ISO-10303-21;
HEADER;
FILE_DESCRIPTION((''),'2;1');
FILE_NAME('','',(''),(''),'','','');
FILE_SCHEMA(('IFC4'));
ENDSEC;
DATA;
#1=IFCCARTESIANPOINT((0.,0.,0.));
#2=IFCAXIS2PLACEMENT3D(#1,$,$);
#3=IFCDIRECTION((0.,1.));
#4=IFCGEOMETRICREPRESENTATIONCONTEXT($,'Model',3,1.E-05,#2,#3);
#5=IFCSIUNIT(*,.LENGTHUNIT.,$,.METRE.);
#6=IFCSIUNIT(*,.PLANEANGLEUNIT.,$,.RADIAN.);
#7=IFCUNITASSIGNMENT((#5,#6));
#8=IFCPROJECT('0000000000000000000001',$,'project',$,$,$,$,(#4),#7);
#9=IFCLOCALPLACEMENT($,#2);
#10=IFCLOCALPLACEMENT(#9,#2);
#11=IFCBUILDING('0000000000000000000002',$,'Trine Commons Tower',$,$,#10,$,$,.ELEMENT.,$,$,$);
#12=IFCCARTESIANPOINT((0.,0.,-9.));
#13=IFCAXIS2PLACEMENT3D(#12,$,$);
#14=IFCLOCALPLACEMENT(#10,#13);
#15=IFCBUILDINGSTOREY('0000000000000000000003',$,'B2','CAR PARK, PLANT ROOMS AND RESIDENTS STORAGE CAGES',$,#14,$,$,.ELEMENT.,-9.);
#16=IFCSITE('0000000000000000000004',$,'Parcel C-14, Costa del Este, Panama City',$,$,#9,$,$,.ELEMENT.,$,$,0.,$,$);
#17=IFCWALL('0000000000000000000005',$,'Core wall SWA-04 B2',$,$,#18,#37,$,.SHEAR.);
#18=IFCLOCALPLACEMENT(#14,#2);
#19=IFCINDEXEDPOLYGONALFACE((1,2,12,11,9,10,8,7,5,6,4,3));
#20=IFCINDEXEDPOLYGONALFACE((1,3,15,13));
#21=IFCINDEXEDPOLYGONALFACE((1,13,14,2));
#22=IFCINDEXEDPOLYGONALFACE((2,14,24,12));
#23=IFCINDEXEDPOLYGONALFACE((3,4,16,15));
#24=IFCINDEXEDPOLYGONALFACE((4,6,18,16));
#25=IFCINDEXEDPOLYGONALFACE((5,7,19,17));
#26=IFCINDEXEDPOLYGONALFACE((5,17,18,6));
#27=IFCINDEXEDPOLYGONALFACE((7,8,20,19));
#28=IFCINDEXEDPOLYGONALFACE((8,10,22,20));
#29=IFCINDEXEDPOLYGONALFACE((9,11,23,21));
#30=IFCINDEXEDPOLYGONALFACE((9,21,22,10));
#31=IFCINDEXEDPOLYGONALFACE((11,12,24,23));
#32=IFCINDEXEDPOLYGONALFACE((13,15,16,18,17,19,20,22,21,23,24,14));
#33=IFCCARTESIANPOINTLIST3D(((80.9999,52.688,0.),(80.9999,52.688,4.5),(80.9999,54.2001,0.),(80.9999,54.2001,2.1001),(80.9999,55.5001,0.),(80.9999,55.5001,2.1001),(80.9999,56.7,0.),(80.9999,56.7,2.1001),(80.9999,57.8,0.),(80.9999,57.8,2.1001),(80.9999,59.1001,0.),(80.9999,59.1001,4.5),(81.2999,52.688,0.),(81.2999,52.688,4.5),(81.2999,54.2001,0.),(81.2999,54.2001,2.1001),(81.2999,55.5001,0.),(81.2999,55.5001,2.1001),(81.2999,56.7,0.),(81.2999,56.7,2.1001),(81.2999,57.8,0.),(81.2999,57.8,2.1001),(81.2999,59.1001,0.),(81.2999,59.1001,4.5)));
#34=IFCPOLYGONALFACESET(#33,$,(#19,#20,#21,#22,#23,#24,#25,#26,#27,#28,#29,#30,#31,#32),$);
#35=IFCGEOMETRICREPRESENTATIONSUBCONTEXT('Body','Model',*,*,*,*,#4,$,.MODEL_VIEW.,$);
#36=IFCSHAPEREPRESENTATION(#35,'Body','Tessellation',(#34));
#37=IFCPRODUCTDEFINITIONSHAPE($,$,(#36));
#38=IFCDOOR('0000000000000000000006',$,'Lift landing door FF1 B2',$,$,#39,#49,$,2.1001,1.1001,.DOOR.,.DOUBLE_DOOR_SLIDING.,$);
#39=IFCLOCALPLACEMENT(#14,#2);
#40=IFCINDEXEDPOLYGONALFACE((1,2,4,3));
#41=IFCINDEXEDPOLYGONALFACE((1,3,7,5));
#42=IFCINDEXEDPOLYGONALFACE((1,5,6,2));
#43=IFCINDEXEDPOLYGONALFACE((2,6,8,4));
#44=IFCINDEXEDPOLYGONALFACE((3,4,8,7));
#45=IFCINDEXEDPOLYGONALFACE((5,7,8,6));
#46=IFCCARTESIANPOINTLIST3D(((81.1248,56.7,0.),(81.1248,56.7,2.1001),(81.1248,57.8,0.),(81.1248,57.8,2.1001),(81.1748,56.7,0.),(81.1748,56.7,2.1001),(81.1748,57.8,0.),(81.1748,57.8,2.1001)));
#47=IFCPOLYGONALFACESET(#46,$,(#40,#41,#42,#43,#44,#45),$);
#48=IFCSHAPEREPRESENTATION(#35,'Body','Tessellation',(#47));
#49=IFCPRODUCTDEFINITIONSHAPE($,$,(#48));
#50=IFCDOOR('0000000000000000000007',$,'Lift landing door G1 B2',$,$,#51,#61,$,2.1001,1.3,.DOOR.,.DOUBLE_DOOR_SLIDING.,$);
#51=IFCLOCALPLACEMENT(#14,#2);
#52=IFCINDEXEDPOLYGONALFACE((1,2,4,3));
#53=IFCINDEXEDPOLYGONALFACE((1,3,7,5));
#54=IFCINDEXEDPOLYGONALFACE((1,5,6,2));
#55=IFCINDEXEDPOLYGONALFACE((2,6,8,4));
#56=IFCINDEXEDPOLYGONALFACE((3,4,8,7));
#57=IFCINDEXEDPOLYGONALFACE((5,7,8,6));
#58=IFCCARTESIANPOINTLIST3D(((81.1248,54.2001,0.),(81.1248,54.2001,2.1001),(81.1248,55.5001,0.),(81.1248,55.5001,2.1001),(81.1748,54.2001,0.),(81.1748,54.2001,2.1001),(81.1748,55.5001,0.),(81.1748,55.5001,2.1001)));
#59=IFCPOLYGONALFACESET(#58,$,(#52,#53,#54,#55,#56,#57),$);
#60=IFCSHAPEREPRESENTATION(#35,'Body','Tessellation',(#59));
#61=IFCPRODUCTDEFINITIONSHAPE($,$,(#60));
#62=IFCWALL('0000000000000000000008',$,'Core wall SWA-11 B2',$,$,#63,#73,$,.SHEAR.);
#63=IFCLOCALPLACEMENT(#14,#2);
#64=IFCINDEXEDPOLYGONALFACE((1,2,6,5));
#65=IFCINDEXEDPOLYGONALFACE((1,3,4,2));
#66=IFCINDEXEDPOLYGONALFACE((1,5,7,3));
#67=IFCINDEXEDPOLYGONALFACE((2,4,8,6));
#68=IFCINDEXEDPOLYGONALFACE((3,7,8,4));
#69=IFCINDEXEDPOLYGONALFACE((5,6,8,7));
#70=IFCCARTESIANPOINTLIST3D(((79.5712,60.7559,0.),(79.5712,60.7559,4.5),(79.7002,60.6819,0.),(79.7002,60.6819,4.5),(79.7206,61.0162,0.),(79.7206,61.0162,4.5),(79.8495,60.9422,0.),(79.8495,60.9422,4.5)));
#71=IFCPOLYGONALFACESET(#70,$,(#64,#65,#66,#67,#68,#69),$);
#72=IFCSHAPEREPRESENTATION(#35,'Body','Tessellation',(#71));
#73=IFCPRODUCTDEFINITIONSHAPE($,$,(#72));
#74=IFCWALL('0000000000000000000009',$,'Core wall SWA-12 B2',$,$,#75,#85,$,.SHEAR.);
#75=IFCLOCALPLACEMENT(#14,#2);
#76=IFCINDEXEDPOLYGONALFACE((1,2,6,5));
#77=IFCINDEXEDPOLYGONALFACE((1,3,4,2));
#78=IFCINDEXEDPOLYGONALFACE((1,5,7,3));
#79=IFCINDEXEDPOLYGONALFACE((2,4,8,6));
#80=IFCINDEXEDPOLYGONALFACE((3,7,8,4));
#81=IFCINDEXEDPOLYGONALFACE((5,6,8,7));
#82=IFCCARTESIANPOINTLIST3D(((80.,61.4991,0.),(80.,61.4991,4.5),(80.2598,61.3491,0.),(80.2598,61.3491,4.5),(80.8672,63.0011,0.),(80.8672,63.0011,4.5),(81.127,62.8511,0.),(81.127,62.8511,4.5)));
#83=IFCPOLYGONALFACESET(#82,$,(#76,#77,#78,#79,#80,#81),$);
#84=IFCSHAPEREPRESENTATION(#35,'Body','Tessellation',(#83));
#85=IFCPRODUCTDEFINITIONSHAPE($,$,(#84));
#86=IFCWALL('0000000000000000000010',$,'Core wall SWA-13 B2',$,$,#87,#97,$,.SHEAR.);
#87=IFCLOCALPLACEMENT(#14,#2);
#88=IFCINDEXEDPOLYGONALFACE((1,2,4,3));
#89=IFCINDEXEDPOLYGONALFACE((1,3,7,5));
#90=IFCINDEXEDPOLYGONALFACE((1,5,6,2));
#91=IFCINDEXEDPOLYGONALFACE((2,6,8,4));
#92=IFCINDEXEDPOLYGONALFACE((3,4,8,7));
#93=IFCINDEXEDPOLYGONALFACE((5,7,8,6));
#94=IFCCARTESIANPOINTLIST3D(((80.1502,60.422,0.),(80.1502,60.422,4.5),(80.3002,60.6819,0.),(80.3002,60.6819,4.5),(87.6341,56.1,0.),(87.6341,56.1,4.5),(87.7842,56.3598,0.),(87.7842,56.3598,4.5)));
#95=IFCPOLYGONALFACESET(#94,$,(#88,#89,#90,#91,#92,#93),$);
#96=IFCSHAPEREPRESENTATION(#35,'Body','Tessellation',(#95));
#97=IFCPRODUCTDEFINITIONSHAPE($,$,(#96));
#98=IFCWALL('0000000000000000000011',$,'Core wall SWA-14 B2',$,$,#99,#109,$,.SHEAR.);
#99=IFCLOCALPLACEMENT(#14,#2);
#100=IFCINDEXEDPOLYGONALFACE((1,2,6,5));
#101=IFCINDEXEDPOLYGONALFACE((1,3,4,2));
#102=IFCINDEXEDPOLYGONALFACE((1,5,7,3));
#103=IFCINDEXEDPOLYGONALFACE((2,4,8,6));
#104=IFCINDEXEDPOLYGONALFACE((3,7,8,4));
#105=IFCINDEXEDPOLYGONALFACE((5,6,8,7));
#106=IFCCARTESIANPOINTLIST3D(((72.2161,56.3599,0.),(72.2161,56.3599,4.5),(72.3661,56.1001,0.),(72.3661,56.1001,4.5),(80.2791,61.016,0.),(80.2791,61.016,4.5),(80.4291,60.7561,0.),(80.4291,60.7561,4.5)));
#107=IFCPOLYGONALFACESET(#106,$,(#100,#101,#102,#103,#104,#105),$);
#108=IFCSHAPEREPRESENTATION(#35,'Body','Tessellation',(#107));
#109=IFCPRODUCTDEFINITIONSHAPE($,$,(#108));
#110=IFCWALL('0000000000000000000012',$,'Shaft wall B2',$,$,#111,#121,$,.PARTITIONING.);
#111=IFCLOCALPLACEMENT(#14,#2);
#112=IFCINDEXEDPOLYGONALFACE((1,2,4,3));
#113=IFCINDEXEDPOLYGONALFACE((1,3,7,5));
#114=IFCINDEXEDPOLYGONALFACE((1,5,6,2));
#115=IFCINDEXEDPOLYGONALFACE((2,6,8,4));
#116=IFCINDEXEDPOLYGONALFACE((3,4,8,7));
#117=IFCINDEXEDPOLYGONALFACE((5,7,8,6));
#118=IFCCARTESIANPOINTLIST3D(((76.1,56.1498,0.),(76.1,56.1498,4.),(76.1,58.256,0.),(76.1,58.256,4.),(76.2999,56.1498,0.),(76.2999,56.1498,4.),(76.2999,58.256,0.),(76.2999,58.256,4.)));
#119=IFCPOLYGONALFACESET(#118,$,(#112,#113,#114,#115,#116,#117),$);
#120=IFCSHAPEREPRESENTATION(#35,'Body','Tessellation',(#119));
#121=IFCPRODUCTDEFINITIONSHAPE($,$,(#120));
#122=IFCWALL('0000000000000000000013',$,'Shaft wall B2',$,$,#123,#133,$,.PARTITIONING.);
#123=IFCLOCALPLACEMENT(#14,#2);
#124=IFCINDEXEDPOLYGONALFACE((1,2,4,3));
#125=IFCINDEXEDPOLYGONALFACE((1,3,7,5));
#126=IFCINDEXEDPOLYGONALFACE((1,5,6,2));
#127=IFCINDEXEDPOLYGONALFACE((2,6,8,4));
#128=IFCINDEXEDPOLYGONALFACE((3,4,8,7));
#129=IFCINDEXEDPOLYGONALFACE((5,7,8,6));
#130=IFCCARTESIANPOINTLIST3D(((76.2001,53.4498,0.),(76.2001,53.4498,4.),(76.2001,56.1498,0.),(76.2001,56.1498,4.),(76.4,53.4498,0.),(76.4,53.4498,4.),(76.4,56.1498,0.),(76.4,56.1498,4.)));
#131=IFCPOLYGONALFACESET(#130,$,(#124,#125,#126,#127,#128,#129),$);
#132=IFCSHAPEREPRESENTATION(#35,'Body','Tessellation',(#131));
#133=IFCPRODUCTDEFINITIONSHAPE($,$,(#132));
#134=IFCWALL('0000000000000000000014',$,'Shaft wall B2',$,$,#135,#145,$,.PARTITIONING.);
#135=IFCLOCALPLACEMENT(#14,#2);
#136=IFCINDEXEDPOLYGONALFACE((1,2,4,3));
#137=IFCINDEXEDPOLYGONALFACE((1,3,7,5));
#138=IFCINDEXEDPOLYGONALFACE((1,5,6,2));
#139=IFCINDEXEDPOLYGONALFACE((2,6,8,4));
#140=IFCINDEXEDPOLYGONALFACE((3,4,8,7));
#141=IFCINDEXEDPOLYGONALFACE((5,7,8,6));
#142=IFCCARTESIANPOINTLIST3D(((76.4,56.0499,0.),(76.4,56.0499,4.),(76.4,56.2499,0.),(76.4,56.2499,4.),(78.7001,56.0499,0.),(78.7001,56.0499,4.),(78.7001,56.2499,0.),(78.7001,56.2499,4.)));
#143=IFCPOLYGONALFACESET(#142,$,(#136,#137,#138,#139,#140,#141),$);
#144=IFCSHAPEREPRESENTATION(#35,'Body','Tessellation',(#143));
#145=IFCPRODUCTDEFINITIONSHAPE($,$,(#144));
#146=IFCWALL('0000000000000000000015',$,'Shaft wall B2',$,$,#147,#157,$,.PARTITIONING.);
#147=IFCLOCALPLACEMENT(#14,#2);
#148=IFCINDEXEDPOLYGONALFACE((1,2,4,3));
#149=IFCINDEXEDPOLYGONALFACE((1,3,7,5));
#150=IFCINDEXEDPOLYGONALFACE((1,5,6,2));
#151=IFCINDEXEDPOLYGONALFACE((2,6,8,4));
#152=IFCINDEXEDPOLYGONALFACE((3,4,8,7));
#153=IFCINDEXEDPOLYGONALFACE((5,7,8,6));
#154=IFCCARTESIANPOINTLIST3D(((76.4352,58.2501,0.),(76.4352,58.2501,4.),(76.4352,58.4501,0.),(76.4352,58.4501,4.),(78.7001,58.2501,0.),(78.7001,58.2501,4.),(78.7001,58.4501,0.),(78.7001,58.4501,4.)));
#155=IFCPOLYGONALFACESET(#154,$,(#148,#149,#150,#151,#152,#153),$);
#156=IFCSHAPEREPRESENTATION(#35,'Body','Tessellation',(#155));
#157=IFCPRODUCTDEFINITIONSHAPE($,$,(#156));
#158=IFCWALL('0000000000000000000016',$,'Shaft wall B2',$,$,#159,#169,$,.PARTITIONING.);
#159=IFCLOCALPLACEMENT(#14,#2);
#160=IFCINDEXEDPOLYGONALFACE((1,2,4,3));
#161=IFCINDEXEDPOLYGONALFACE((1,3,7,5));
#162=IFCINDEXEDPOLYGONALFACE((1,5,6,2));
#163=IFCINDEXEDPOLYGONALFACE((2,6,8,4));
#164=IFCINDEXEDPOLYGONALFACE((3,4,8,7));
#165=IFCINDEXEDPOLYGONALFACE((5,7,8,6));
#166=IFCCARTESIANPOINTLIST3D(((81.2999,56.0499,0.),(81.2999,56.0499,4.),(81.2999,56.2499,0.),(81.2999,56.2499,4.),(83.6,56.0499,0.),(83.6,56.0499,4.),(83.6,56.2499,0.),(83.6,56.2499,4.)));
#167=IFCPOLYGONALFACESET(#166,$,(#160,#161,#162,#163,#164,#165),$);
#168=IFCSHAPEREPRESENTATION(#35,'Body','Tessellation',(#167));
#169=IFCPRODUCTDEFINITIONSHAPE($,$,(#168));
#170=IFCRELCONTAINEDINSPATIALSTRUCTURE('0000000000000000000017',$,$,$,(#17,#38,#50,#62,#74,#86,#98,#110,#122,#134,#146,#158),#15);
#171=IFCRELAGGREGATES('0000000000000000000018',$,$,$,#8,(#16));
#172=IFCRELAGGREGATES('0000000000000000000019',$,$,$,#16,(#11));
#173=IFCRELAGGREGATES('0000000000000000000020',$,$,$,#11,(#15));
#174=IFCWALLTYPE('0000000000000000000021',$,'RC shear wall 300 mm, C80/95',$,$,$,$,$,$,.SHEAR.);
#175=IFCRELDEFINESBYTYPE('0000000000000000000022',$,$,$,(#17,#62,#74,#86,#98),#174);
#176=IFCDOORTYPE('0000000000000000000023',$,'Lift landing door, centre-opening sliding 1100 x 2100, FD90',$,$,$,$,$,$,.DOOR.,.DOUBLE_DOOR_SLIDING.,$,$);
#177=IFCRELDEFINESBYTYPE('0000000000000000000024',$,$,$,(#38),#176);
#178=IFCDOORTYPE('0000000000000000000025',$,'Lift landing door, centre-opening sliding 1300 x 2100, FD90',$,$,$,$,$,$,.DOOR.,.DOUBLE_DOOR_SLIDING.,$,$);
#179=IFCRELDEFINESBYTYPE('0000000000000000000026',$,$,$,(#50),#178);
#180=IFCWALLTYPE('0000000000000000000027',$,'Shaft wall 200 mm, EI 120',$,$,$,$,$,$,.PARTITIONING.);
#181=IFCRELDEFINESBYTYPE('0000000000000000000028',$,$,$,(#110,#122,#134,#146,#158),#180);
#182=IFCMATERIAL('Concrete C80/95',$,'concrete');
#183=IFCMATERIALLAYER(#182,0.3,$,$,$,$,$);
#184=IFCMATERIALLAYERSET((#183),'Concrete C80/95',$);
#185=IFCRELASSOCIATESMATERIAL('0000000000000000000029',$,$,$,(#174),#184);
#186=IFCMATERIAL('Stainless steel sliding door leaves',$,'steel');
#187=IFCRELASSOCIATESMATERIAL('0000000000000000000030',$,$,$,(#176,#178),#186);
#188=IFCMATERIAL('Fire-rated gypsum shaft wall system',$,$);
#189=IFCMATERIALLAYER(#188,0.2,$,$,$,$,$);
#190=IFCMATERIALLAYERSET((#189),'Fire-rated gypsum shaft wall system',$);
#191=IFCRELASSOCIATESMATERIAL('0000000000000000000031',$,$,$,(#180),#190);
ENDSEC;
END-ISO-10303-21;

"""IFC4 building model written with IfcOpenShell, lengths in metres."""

from ifc_helpers import new_model, si_unit, direction, frame, frame_2d, origin, place, context, subcontext, project, spatial, rectangle, extrude, material, layer, layer_set, type_object, element, fill, save


model = new_model("IFC4")

# Units and contexts
model_context = context("Model", 3, precision=1e-05, world=origin(), true_north=direction((0.0, 1.0)))
body_context = subcontext(model_context, "Body", "Model", "MODEL_VIEW")
ifc_project = project(units=[si_unit("LENGTHUNIT", "METRE"), si_unit("PLANEANGLEUNIT", "RADIAN")], contexts=[model_context])

# Site, building, storey
site_placement = place(None, origin())
site = spatial("IfcSite", under=ifc_project, at=site_placement, Name="Parcel C-14, Costa del Este, Panama City", CompositionType="ELEMENT", RefElevation=0.0)
building_placement = place(site_placement, origin())
building = spatial("IfcBuilding", under=site, at=building_placement, Name="Trine Commons Tower", CompositionType="ELEMENT")
storey_placement = place(building_placement, frame((0.0, 0.0, -9.0)))
storey = spatial("IfcBuildingStorey", under=building, at=storey_placement, Name="B2", Description="CAR PARK, PLANT ROOMS AND RESIDENTS STORAGE CAGES", CompositionType="ELEMENT", Elevation=-9.0)

# Shared definitions
ifc_material_1 = material(Name="Fire-rated gypsum shaft wall system")

# Wall, openings, doors
ifc_material_2 = material(Name="Concrete C80/95", Category="concrete")
ifc_layer_1 = layer(ifc_material_2, 0.3)
ifc_layer_set_1 = layer_set([ifc_layer_1], Name="Concrete C80/95")
wall_type_1 = type_object("IfcWallType", Name="RC shear wall 300 mm, C80/95", PredefinedType="SHEAR", material=ifc_layer_set_1)
ifc_material_3 = material(Name="Stainless steel sliding door leaves", Category="steel")
door_type_1 = type_object("IfcDoorType", Name="Lift landing door, centre-opening sliding 1100 x 2100, FD90", OperationType="DOUBLE_DOOR_SLIDING", PredefinedType="DOOR", material=ifc_material_3)
wall_1_placement = place(storey_placement, frame((81.1499, 59.1001, 0.0), z_axis=(0.0, 0.0, 1.0), x_axis=(0.0, -1.0, 0.0)))
wall_1 = element("IfcWall", 1, at=wall_1_placement, inside=storey, type_object=wall_type_1, Name="Core wall SWA-04 B2", PredefinedType="SHEAR", context=body_context, shape_type="SweptSolid", body=[
    extrude(rectangle(XDim=6.4121, YDim=0.3, at=frame_2d((3.2061, 0.0))), origin(), (0.0, 0.0, 1.0), 4.5),
])
opening_1_placement = place(wall_1_placement, frame((3.6001, 0.0, 0.0)))
opening_1 = element("IfcOpeningElement", 2, at=opening_1_placement, cuts=wall_1, PredefinedType="OPENING", context=body_context, shape_type="SweptSolid", body=[
    extrude(rectangle(XDim=1.3, YDim=2.1001, at=frame_2d((0.6499, 1.05))), frame((0.0, 0.1599, 0.0), z_axis=(0.0, -1.0, 0.0), x_axis=(1.0, 0.0, 0.0)), (0.0, 0.0, 1.0), 0.3201),
])
opening_2_placement = place(wall_1_placement, frame((1.3, 0.0, 0.0)))
opening_2 = element("IfcOpeningElement", 3, at=opening_2_placement, cuts=wall_1, PredefinedType="OPENING", context=body_context, shape_type="SweptSolid", body=[
    extrude(rectangle(XDim=1.1001, YDim=2.1001, at=frame_2d((0.55, 1.05))), frame((0.0, 0.1599, 0.0), z_axis=(0.0, -1.0, 0.0), x_axis=(1.0, 0.0, 0.0)), (0.0, 0.0, 1.0), 0.3201),
])
door_1_placement = place(opening_2_placement, origin())
door_1 = element("IfcDoor", 4, at=door_1_placement, inside=storey, type_object=door_type_1, Name="Lift landing door FF1 B2", OperationType="DOUBLE_DOOR_SLIDING", OverallHeight=2.1001, OverallWidth=1.1001, PredefinedType="DOOR", context=body_context, shape_type="SweptSolid", body=[
    extrude(rectangle(XDim=1.1001, YDim=2.1001, at=frame_2d((0.55, 1.05))), frame((0.0, 0.0249, 0.0), z_axis=(0.0, -1.0, 0.0), x_axis=(1.0, 0.0, 0.0)), (0.0, 0.0, 1.0), 0.05),
])
fill(opening_2, door_1)
door_type_2 = type_object("IfcDoorType", Name="Lift landing door, centre-opening sliding 1300 x 2100, FD90", OperationType="DOUBLE_DOOR_SLIDING", PredefinedType="DOOR", material=ifc_material_3)
door_2_placement = place(opening_1_placement, origin())
door_2 = element("IfcDoor", 5, at=door_2_placement, inside=storey, type_object=door_type_2, Name="Lift landing door G1 B2", OperationType="DOUBLE_DOOR_SLIDING", OverallHeight=2.1001, OverallWidth=1.3, PredefinedType="DOOR", context=body_context, shape_type="SweptSolid", body=[
    extrude(rectangle(XDim=1.3, YDim=2.1001, at=frame_2d((0.6499, 1.05))), frame((0.0, 0.0249, 0.0), z_axis=(0.0, -1.0, 0.0), x_axis=(1.0, 0.0, 0.0)), (0.0, 0.0, 1.0), 0.05),
])
fill(opening_1, door_2)

# Walls
wall_2_placement = place(storey_placement, frame((79.646, 60.886, 0.0), z_axis=(0.0, 0.0, 1.0), x_axis=(0.867332, -0.49773, 0.0)))
element("IfcWall", 6, at=wall_2_placement, inside=storey, type_object=wall_type_1, Name="Core wall SWA-11 B2", PredefinedType="SHEAR", context=body_context, shape_type="SweptSolid", body=[
    extrude(rectangle(XDim=0.1487, YDim=0.3, at=frame_2d((0.0742, 0.0))), origin(), (0.0, 0.0, 1.0), 4.5),
])
wall_3_placement = place(storey_placement, frame((80.1299, 61.4241, 0.0), z_axis=(0.0, 0.0, 1.0), x_axis=(0.500015, 0.866017, 0.0)))
element("IfcWall", 7, at=wall_3_placement, inside=storey, type_object=wall_type_1, Name="Core wall SWA-12 B2", PredefinedType="SHEAR", context=body_context, shape_type="SweptSolid", body=[
    extrude(rectangle(XDim=1.7344, YDim=0.3, at=frame_2d((0.8672, 0.0))), origin(), (0.0, 0.0, 1.0), 4.5),
])
wall_4_placement = place(storey_placement, frame((80.2251, 60.552, 0.0), z_axis=(0.0, 0.0, 1.0), x_axis=(0.865965, -0.500104, 0.0)))
element("IfcWall", 8, at=wall_4_placement, inside=storey, type_object=wall_type_1, Name="Core wall SWA-13 B2", PredefinedType="SHEAR", context=body_context, shape_type="SweptSolid", body=[
    extrude(rectangle(XDim=8.6423, YDim=0.3, at=frame_2d((4.3213, 0.0))), origin(), (0.0, 0.0, 1.0), 4.5),
])
wall_5_placement = place(storey_placement, frame((80.354, 60.886, 0.0), z_axis=(0.0, 0.0, 1.0), x_axis=(-0.865986, -0.500067, 0.0)))
element("IfcWall", 9, at=wall_5_placement, inside=storey, type_object=wall_type_1, Name="Core wall SWA-14 B2", PredefinedType="SHEAR", context=body_context, shape_type="SweptSolid", body=[
    extrude(rectangle(XDim=9.3108, YDim=0.3, at=frame_2d((4.6553, 0.0))), origin(), (0.0, 0.0, 1.0), 4.5),
])
ifc_layer_2 = layer(ifc_material_1, 0.2)
ifc_layer_set_2 = layer_set([ifc_layer_2], Name="Fire-rated gypsum shaft wall system")
wall_type_2 = type_object("IfcWallType", Name="Shaft wall 200 mm, EI 120", PredefinedType="PARTITIONING", material=ifc_layer_set_2)
wall_6_placement = place(storey_placement, frame((76.2, 58.2561, 0.0), z_axis=(0.0, 0.0, 1.0), x_axis=(0.0, -1.0, 0.0)))
element("IfcWall", 10, at=wall_6_placement, inside=storey, type_object=wall_type_2, Name="Shaft wall B2", PredefinedType="PARTITIONING", context=body_context, shape_type="SweptSolid", body=[
    extrude(rectangle(XDim=2.1062, YDim=0.2, at=frame_2d((1.0532, 0.0))), origin(), (0.0, 0.0, 1.0), 4.0),
])
wall_7_placement = place(storey_placement, frame((76.3, 56.1499, 0.0), z_axis=(0.0, 0.0, 1.0), x_axis=(0.0, -1.0, 0.0)))
element("IfcWall", 11, at=wall_7_placement, inside=storey, type_object=wall_type_2, Name="Shaft wall B2", PredefinedType="PARTITIONING", context=body_context, shape_type="SweptSolid", body=[
    extrude(rectangle(XDim=2.7, YDim=0.2, at=frame_2d((1.3501, 0.0))), origin(), (0.0, 0.0, 1.0), 4.0),
])
wall_8_placement = place(storey_placement, frame((78.7, 56.1499, 0.0), z_axis=(0.0, 0.0, 1.0), x_axis=(-1.0, 0.0, 0.0)))
element("IfcWall", 12, at=wall_8_placement, inside=storey, type_object=wall_type_2, Name="Shaft wall B2", PredefinedType="PARTITIONING", context=body_context, shape_type="SweptSolid", body=[
    extrude(rectangle(XDim=2.3, YDim=0.2, at=frame_2d((1.1499, 0.0))), origin(), (0.0, 0.0, 1.0), 4.0),
])
wall_9_placement = place(storey_placement, frame((78.7, 58.3501, 0.0), z_axis=(0.0, 0.0, 1.0), x_axis=(-1.0, 0.0, 0.0)))
element("IfcWall", 13, at=wall_9_placement, inside=storey, type_object=wall_type_2, Name="Shaft wall B2", PredefinedType="PARTITIONING", context=body_context, shape_type="SweptSolid", body=[
    extrude(rectangle(XDim=2.2649, YDim=0.2, at=frame_2d((1.1323, 0.0))), origin(), (0.0, 0.0, 1.0), 4.0),
])
wall_10_placement = place(storey_placement, frame((81.3, 56.1499, 0.0), z_axis=(0.0, 0.0, 1.0), x_axis=(1.0, 0.0, 0.0)))
element("IfcWall", 14, at=wall_10_placement, inside=storey, type_object=wall_type_2, Name="Shaft wall B2", PredefinedType="PARTITIONING", context=body_context, shape_type="SweptSolid", body=[
    extrude(rectangle(XDim=2.3, YDim=0.2, at=frame_2d((1.1499, 0.0))), origin(), (0.0, 0.0, 1.0), 4.0),
])

save(model, "model.ifc")
